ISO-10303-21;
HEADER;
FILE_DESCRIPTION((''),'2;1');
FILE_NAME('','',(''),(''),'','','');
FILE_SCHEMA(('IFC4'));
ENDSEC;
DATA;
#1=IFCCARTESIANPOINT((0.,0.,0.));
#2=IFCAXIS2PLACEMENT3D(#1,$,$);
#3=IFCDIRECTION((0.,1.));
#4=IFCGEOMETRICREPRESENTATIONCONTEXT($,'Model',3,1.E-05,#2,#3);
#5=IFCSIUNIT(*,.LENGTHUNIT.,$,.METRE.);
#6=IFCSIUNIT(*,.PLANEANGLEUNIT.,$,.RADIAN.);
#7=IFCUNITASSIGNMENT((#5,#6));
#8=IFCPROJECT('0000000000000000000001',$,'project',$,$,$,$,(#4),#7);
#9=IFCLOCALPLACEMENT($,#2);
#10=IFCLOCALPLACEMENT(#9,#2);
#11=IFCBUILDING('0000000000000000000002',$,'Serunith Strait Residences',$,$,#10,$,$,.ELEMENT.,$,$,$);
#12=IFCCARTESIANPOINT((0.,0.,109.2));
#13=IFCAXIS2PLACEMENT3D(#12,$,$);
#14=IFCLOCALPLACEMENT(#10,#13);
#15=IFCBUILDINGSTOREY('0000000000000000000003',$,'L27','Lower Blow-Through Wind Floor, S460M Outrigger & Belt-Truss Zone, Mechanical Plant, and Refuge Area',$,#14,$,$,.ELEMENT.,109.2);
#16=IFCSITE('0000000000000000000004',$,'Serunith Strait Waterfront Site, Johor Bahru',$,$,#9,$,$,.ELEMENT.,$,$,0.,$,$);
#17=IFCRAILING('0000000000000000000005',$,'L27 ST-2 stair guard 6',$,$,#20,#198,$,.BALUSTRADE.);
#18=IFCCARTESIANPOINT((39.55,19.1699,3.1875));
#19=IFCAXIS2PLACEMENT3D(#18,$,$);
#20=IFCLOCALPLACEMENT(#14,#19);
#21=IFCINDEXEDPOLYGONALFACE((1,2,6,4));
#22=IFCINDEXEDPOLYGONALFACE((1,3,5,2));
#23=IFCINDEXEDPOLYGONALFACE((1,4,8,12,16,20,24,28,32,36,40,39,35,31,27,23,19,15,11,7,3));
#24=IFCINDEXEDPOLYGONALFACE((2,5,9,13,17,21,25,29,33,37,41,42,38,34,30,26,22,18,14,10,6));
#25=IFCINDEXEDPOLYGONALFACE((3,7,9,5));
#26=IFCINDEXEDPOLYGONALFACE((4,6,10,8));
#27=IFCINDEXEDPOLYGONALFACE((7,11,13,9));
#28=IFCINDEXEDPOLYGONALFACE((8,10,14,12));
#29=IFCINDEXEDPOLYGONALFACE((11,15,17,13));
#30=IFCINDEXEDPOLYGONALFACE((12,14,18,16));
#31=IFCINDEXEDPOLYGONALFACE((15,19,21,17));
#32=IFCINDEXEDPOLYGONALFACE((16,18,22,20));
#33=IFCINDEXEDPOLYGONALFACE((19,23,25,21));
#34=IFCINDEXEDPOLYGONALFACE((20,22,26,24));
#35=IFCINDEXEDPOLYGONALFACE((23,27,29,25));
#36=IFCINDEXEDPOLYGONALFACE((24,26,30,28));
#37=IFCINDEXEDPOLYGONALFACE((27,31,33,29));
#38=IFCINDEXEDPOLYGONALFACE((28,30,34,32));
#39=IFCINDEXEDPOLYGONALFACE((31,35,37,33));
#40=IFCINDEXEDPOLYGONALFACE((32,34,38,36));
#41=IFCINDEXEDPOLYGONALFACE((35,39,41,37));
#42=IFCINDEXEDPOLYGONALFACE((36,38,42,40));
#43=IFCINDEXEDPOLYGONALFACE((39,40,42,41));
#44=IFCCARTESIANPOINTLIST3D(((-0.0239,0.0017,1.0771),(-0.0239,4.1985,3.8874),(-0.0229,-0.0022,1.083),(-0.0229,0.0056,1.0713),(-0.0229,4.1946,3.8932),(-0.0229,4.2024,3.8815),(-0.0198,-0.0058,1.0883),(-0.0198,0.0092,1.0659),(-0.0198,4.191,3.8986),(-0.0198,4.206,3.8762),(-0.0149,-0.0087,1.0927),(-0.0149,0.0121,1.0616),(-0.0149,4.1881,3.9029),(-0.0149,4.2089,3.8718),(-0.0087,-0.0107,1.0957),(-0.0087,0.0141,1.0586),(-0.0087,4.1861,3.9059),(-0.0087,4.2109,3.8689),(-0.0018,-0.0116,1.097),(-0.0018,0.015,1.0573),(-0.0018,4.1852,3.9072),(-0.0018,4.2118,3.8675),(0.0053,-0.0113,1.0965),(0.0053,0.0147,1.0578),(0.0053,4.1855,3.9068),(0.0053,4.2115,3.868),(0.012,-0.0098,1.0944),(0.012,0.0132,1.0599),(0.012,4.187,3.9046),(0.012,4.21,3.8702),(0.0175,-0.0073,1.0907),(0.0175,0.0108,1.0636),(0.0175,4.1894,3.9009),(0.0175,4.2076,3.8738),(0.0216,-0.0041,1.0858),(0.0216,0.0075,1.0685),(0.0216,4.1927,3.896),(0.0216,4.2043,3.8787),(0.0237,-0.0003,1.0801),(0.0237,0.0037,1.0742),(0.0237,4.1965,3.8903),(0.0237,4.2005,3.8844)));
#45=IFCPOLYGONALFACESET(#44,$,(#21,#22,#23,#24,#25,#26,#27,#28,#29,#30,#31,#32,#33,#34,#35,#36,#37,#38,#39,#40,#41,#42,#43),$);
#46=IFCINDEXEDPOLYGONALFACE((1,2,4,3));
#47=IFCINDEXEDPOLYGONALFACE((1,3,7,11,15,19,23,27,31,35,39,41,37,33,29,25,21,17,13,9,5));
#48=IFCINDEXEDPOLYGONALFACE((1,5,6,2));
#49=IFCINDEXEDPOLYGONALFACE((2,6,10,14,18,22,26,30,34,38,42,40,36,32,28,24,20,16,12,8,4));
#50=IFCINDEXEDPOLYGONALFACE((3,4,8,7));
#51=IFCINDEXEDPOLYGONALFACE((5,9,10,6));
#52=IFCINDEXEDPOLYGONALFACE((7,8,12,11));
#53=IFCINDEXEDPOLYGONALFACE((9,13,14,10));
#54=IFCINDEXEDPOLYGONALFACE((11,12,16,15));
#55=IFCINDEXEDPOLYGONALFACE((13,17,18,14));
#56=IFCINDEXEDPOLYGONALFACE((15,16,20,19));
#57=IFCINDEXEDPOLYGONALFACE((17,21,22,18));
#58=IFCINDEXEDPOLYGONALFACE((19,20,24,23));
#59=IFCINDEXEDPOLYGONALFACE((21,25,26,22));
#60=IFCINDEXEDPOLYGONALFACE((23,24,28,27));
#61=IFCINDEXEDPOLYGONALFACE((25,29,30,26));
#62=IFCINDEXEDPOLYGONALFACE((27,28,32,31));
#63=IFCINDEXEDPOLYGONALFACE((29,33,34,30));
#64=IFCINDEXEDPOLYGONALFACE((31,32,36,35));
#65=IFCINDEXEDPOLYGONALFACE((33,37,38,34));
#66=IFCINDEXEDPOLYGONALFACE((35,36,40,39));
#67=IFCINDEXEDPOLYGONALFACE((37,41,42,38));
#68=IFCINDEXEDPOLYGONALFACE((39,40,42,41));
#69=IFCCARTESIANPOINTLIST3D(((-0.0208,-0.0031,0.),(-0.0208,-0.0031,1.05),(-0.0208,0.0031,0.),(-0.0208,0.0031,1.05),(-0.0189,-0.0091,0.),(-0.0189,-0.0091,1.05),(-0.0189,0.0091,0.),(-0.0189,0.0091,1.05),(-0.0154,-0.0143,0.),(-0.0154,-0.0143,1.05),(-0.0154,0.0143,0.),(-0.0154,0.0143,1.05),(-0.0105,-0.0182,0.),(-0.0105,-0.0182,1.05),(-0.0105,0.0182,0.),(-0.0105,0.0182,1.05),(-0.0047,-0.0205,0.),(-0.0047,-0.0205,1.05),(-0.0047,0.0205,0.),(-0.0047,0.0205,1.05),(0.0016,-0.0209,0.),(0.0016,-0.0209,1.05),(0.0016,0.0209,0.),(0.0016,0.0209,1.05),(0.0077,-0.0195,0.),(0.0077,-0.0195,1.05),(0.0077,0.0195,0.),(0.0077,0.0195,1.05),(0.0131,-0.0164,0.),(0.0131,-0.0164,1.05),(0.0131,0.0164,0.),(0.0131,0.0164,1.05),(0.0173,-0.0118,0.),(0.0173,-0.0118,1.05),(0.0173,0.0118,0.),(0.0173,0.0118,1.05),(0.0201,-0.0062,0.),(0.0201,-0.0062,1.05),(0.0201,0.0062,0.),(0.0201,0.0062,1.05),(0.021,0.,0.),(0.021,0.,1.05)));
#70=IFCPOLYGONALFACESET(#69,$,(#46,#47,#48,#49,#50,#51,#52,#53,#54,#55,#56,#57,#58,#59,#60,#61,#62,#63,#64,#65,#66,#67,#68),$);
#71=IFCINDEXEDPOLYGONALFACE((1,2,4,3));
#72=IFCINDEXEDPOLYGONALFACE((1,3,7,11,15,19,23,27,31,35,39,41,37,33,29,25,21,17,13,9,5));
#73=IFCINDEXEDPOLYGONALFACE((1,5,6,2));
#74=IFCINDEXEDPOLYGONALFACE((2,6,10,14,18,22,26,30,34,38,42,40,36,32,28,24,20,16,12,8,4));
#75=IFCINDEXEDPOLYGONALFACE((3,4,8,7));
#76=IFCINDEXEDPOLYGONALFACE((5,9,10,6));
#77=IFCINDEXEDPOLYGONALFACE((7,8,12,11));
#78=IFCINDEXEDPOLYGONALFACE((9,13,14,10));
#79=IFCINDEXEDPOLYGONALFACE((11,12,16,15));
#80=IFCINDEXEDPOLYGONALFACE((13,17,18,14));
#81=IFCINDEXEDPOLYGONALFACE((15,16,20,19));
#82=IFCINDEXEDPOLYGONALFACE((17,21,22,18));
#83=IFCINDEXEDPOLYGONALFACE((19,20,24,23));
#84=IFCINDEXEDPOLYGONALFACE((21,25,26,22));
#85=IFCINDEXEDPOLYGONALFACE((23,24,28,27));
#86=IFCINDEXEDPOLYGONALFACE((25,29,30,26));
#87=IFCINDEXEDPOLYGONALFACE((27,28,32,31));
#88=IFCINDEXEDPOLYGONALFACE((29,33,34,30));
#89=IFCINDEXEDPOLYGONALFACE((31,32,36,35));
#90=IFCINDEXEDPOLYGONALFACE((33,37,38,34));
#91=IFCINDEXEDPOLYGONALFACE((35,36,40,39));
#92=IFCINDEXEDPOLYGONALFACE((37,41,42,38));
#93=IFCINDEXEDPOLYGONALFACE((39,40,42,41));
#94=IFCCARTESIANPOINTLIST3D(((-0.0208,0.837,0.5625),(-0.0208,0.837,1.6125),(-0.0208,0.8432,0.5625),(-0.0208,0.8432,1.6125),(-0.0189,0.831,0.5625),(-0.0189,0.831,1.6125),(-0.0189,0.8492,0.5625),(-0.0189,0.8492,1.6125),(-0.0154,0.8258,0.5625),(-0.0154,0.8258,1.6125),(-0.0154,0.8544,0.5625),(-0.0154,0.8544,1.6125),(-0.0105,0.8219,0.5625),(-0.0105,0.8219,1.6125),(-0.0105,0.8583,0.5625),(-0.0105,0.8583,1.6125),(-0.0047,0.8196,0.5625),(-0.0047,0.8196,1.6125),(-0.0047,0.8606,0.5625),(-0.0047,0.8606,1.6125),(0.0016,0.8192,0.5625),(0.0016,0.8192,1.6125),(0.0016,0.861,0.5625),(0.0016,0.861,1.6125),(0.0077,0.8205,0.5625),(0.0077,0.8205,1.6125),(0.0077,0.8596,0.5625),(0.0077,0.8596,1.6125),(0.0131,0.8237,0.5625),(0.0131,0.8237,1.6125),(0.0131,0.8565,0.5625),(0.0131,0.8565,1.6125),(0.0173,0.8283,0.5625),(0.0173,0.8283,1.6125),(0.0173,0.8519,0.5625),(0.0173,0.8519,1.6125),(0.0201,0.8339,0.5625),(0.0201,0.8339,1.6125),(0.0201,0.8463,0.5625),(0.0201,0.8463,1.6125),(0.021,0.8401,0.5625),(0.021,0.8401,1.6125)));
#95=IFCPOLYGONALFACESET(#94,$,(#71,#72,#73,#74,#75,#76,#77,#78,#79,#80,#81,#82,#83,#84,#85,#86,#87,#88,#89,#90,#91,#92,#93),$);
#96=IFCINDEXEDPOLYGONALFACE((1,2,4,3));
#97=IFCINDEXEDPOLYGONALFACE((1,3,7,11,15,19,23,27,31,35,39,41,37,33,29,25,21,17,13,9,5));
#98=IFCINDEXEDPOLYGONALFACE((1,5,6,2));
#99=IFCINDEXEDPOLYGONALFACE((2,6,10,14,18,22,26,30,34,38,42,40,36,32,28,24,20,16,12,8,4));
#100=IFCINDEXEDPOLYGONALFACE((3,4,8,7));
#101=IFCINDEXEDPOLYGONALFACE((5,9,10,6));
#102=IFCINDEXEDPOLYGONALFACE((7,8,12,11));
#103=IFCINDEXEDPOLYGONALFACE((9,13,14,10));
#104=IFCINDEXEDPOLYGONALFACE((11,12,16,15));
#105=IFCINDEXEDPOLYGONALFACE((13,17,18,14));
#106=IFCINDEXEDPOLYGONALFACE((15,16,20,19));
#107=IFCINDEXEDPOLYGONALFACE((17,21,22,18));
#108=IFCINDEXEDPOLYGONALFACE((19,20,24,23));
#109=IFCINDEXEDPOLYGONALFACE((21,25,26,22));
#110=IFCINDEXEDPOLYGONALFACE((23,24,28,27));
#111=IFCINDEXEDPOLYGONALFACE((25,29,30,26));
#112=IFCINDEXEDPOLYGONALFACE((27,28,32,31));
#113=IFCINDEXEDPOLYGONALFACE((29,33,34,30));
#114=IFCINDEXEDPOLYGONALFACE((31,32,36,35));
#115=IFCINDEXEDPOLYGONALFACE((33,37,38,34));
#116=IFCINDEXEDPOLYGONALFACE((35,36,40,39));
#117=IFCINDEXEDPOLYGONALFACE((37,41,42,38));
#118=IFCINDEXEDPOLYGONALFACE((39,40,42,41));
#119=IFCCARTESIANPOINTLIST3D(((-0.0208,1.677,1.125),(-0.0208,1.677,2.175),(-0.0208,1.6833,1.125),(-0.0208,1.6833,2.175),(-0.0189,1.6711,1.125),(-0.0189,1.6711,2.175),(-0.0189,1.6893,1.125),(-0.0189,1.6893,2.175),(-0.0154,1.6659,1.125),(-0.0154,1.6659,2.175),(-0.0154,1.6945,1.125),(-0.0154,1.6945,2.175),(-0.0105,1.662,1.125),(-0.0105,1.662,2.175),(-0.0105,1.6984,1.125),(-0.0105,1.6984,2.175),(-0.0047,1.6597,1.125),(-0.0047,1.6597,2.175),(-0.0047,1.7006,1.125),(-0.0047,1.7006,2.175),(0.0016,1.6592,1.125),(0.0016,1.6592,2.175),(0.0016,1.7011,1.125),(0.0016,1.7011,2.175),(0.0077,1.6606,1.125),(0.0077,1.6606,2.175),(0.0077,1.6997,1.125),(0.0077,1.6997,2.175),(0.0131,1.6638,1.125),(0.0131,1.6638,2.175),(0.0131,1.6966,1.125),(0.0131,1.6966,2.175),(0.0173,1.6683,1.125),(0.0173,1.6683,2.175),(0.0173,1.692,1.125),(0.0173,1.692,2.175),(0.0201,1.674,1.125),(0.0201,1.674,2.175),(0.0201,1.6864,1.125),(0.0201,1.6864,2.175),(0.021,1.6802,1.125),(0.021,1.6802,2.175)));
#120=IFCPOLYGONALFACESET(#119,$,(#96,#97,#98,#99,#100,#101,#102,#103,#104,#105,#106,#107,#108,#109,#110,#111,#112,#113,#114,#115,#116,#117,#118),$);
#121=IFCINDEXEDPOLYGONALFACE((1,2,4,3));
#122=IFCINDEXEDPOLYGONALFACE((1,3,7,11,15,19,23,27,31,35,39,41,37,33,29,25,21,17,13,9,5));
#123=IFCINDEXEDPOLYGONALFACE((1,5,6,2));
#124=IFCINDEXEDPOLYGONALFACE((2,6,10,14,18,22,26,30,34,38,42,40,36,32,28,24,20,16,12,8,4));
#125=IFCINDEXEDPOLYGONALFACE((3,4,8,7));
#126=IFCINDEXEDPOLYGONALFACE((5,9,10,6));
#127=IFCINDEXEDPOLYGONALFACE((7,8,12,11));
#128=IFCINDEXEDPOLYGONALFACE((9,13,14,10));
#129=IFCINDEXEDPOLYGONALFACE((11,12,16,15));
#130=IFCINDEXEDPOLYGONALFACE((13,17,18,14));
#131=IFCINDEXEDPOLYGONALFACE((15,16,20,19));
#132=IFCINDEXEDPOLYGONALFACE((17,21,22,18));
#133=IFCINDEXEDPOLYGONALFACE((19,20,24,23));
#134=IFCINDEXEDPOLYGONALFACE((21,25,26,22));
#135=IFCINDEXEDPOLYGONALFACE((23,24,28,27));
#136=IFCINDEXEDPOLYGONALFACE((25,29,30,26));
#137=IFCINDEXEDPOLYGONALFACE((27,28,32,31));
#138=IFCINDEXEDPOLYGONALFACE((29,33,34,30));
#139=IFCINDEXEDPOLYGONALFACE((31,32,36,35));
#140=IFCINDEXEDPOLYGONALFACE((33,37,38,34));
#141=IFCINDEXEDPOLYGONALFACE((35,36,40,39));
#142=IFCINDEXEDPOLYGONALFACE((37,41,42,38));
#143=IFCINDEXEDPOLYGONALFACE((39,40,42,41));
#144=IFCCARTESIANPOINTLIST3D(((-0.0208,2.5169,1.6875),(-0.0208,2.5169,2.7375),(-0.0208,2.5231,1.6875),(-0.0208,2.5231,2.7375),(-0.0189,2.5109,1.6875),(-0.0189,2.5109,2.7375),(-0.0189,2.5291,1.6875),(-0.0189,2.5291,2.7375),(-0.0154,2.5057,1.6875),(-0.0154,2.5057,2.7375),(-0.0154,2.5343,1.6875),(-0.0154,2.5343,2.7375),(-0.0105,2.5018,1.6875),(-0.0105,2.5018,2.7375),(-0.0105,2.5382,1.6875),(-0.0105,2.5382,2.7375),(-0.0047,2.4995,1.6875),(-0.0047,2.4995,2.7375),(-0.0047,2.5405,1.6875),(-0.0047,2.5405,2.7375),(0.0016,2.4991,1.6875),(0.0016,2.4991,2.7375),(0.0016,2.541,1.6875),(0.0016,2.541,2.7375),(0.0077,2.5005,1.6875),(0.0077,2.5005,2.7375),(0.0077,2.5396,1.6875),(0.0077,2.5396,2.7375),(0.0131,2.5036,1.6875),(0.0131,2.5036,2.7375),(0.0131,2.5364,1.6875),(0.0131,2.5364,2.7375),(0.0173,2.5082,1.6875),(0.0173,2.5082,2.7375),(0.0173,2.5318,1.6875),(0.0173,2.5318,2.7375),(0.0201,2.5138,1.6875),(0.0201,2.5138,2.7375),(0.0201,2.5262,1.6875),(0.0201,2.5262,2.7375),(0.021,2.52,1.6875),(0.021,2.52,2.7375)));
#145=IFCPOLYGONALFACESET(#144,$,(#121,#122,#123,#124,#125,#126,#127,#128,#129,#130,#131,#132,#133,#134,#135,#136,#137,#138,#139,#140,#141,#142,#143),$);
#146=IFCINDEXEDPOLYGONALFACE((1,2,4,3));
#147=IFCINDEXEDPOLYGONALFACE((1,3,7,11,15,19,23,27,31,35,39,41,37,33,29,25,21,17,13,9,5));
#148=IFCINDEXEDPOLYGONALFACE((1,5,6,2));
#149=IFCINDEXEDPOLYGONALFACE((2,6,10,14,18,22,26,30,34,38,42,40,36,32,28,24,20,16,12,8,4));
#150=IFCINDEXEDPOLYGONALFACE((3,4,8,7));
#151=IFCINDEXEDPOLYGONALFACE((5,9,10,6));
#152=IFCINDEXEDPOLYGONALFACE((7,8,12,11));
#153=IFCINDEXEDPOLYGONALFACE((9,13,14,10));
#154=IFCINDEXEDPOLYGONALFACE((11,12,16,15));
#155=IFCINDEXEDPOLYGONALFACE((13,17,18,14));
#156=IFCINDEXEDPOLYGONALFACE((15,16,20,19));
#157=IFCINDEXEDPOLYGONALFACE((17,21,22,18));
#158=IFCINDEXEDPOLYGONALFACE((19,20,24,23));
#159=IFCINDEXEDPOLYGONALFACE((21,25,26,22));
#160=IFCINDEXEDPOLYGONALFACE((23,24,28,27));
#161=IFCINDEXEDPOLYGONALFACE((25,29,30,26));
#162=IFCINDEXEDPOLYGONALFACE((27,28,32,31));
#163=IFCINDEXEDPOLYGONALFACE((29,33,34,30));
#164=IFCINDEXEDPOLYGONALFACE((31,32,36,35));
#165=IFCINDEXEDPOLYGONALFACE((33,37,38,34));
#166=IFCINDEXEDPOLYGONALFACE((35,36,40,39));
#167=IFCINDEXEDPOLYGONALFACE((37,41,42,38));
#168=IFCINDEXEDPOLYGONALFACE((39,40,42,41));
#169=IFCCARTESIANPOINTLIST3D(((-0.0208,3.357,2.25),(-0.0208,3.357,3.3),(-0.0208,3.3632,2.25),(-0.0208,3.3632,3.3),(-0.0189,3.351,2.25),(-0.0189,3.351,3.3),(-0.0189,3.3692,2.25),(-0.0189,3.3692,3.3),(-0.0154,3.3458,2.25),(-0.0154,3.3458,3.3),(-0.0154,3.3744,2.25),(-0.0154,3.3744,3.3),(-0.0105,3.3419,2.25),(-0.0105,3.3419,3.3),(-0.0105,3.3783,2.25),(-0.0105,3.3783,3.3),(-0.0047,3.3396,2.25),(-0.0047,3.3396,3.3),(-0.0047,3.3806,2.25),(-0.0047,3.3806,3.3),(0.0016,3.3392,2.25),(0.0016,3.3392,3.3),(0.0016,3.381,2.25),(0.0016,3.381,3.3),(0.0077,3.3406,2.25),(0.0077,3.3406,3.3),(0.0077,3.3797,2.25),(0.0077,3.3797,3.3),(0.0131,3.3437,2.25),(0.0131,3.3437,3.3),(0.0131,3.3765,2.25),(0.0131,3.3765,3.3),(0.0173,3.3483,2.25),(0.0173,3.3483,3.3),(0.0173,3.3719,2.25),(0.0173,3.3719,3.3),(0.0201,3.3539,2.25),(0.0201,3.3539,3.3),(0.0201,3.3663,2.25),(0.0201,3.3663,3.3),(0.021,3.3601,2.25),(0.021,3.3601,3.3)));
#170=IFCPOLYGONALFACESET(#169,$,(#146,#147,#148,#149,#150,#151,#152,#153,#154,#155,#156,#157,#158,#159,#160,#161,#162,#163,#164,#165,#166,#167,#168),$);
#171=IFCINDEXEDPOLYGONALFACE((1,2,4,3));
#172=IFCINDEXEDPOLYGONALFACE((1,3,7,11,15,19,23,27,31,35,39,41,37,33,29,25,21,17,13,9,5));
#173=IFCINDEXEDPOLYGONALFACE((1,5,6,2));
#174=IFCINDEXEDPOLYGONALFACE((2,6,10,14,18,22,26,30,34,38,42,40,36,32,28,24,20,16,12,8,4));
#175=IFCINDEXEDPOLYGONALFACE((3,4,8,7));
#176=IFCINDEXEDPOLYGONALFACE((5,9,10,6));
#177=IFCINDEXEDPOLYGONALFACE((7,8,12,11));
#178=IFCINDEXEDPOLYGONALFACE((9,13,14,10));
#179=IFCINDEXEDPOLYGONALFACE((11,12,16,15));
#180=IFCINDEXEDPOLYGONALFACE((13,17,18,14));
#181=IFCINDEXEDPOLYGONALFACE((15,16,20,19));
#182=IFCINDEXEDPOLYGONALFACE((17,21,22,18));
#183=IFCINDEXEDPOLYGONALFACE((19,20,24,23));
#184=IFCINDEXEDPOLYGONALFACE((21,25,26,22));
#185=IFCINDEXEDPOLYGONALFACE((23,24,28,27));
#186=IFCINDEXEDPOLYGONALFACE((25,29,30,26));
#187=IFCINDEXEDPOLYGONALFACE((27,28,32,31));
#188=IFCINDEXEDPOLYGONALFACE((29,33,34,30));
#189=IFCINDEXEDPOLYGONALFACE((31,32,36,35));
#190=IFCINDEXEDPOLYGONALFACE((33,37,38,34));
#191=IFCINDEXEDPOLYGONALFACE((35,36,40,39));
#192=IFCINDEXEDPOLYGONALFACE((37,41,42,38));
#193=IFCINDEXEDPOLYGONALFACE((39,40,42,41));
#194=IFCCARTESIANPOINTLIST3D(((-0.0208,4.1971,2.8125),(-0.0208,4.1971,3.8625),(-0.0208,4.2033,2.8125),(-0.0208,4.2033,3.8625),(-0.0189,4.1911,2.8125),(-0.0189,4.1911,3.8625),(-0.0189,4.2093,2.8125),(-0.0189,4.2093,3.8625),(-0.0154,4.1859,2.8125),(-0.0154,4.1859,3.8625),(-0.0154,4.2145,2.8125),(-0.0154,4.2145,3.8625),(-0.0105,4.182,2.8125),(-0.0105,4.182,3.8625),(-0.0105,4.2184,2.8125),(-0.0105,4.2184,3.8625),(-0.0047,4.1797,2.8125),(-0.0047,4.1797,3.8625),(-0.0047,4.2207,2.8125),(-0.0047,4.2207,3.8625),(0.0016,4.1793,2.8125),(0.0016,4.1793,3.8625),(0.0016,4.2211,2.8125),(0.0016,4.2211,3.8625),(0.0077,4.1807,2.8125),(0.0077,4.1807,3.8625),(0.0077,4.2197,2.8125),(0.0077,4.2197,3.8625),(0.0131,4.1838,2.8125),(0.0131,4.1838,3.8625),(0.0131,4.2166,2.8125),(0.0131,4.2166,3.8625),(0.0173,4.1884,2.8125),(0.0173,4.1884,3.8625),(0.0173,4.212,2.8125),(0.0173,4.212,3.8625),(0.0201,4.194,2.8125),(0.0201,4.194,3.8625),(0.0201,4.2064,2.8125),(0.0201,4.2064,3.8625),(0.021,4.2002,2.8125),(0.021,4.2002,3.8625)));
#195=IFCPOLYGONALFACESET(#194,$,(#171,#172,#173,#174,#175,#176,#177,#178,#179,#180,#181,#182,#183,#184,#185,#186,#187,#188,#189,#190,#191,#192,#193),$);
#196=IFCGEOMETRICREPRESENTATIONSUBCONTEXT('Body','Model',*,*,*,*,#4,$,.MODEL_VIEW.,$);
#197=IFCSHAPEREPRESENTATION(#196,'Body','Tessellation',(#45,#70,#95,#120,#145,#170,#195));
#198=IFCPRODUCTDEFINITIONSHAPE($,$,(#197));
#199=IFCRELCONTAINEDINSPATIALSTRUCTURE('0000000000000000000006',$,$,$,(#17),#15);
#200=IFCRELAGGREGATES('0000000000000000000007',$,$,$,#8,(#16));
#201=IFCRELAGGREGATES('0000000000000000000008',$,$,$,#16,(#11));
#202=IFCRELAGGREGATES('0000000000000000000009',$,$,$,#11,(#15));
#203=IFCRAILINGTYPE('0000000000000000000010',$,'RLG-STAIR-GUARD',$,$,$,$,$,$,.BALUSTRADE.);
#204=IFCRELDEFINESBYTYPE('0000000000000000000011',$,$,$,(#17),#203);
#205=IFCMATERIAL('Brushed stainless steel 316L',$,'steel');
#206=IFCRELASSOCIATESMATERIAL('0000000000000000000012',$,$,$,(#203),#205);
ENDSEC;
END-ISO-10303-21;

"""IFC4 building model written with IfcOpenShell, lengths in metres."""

from ifc_helpers import new_model, si_unit, direction, frame, origin, origin_2d, place, context, subcontext, project, spatial, circle, extrude, material, type_object, element, save


model = new_model("IFC4")

# Units and contexts
model_context = context("Model", 3, precision=1e-05, world=origin(), true_north=direction((0.0, 1.0)))
body_context = subcontext(model_context, "Body", "Model", "MODEL_VIEW")
ifc_project = project(units=[si_unit("LENGTHUNIT", "METRE"), si_unit("PLANEANGLEUNIT", "RADIAN")], contexts=[model_context])

# Site, building, storey
site_placement = place(None, origin())
site = spatial("IfcSite", under=ifc_project, at=site_placement, Name="Serunith Strait Waterfront Site, Johor Bahru", CompositionType="ELEMENT", RefElevation=0.0)
building_placement = place(site_placement, origin())
building = spatial("IfcBuilding", under=site, at=building_placement, Name="Serunith Strait Residences", CompositionType="ELEMENT")
storey_placement = place(building_placement, frame((0.0, 0.0, 109.2)))
storey = spatial("IfcBuildingStorey", under=building, at=storey_placement, Name="L27", Description="Lower Blow-Through Wind Floor, S460M Outrigger & Belt-Truss Zone, Mechanical Plant, and Refuge Area", CompositionType="ELEMENT", Elevation=109.2)

# Railing
ifc_material_1 = material(Name="Brushed stainless steel 316L", Category="steel")
railing_type_1 = type_object("IfcRailingType", Name="RLG-STAIR-GUARD", PredefinedType="BALUSTRADE", material=ifc_material_1)
railing_1_placement = place(storey_placement, frame((39.55, 19.1699, 3.1875)))
element("IfcRailing", 1, at=railing_1_placement, inside=storey, type_object=railing_type_1, Name="L27 ST-2 stair guard 6", PredefinedType="BALUSTRADE", context=body_context, shape_type="SweptSolid", body=[
    extrude(circle(Radius=0.0239, at=origin_2d()), frame((0.0, 0.0017, 1.0771), z_axis=(0.0, 0.830919, 0.556393), x_axis=(-1.0, 0.0, 0.0)), (0.0, 0.0, 1.0), 5.0508),
    extrude(circle(Radius=0.021, at=origin_2d()), origin(), (0.0, 0.0, 1.0), 1.05),
    extrude(circle(Radius=0.021, at=origin_2d()), frame((0.0, 0.8401, 0.5625)), (0.0, 0.0, 1.0), 1.05),
    extrude(circle(Radius=0.021, at=origin_2d()), frame((0.0, 1.6802, 1.125)), (0.0, 0.0, 1.0), 1.05),
    extrude(circle(Radius=0.021, at=origin_2d()), frame((0.0, 2.52, 1.6875)), (0.0, 0.0, 1.0), 1.05),
    extrude(circle(Radius=0.021, at=origin_2d()), frame((0.0, 3.3601, 2.25)), (0.0, 0.0, 1.0), 1.05),
    extrude(circle(Radius=0.021, at=origin_2d()), frame((0.0, 4.2002, 2.8125)), (0.0, 0.0, 1.0), 1.05),
])

save(model, "model.ifc")
